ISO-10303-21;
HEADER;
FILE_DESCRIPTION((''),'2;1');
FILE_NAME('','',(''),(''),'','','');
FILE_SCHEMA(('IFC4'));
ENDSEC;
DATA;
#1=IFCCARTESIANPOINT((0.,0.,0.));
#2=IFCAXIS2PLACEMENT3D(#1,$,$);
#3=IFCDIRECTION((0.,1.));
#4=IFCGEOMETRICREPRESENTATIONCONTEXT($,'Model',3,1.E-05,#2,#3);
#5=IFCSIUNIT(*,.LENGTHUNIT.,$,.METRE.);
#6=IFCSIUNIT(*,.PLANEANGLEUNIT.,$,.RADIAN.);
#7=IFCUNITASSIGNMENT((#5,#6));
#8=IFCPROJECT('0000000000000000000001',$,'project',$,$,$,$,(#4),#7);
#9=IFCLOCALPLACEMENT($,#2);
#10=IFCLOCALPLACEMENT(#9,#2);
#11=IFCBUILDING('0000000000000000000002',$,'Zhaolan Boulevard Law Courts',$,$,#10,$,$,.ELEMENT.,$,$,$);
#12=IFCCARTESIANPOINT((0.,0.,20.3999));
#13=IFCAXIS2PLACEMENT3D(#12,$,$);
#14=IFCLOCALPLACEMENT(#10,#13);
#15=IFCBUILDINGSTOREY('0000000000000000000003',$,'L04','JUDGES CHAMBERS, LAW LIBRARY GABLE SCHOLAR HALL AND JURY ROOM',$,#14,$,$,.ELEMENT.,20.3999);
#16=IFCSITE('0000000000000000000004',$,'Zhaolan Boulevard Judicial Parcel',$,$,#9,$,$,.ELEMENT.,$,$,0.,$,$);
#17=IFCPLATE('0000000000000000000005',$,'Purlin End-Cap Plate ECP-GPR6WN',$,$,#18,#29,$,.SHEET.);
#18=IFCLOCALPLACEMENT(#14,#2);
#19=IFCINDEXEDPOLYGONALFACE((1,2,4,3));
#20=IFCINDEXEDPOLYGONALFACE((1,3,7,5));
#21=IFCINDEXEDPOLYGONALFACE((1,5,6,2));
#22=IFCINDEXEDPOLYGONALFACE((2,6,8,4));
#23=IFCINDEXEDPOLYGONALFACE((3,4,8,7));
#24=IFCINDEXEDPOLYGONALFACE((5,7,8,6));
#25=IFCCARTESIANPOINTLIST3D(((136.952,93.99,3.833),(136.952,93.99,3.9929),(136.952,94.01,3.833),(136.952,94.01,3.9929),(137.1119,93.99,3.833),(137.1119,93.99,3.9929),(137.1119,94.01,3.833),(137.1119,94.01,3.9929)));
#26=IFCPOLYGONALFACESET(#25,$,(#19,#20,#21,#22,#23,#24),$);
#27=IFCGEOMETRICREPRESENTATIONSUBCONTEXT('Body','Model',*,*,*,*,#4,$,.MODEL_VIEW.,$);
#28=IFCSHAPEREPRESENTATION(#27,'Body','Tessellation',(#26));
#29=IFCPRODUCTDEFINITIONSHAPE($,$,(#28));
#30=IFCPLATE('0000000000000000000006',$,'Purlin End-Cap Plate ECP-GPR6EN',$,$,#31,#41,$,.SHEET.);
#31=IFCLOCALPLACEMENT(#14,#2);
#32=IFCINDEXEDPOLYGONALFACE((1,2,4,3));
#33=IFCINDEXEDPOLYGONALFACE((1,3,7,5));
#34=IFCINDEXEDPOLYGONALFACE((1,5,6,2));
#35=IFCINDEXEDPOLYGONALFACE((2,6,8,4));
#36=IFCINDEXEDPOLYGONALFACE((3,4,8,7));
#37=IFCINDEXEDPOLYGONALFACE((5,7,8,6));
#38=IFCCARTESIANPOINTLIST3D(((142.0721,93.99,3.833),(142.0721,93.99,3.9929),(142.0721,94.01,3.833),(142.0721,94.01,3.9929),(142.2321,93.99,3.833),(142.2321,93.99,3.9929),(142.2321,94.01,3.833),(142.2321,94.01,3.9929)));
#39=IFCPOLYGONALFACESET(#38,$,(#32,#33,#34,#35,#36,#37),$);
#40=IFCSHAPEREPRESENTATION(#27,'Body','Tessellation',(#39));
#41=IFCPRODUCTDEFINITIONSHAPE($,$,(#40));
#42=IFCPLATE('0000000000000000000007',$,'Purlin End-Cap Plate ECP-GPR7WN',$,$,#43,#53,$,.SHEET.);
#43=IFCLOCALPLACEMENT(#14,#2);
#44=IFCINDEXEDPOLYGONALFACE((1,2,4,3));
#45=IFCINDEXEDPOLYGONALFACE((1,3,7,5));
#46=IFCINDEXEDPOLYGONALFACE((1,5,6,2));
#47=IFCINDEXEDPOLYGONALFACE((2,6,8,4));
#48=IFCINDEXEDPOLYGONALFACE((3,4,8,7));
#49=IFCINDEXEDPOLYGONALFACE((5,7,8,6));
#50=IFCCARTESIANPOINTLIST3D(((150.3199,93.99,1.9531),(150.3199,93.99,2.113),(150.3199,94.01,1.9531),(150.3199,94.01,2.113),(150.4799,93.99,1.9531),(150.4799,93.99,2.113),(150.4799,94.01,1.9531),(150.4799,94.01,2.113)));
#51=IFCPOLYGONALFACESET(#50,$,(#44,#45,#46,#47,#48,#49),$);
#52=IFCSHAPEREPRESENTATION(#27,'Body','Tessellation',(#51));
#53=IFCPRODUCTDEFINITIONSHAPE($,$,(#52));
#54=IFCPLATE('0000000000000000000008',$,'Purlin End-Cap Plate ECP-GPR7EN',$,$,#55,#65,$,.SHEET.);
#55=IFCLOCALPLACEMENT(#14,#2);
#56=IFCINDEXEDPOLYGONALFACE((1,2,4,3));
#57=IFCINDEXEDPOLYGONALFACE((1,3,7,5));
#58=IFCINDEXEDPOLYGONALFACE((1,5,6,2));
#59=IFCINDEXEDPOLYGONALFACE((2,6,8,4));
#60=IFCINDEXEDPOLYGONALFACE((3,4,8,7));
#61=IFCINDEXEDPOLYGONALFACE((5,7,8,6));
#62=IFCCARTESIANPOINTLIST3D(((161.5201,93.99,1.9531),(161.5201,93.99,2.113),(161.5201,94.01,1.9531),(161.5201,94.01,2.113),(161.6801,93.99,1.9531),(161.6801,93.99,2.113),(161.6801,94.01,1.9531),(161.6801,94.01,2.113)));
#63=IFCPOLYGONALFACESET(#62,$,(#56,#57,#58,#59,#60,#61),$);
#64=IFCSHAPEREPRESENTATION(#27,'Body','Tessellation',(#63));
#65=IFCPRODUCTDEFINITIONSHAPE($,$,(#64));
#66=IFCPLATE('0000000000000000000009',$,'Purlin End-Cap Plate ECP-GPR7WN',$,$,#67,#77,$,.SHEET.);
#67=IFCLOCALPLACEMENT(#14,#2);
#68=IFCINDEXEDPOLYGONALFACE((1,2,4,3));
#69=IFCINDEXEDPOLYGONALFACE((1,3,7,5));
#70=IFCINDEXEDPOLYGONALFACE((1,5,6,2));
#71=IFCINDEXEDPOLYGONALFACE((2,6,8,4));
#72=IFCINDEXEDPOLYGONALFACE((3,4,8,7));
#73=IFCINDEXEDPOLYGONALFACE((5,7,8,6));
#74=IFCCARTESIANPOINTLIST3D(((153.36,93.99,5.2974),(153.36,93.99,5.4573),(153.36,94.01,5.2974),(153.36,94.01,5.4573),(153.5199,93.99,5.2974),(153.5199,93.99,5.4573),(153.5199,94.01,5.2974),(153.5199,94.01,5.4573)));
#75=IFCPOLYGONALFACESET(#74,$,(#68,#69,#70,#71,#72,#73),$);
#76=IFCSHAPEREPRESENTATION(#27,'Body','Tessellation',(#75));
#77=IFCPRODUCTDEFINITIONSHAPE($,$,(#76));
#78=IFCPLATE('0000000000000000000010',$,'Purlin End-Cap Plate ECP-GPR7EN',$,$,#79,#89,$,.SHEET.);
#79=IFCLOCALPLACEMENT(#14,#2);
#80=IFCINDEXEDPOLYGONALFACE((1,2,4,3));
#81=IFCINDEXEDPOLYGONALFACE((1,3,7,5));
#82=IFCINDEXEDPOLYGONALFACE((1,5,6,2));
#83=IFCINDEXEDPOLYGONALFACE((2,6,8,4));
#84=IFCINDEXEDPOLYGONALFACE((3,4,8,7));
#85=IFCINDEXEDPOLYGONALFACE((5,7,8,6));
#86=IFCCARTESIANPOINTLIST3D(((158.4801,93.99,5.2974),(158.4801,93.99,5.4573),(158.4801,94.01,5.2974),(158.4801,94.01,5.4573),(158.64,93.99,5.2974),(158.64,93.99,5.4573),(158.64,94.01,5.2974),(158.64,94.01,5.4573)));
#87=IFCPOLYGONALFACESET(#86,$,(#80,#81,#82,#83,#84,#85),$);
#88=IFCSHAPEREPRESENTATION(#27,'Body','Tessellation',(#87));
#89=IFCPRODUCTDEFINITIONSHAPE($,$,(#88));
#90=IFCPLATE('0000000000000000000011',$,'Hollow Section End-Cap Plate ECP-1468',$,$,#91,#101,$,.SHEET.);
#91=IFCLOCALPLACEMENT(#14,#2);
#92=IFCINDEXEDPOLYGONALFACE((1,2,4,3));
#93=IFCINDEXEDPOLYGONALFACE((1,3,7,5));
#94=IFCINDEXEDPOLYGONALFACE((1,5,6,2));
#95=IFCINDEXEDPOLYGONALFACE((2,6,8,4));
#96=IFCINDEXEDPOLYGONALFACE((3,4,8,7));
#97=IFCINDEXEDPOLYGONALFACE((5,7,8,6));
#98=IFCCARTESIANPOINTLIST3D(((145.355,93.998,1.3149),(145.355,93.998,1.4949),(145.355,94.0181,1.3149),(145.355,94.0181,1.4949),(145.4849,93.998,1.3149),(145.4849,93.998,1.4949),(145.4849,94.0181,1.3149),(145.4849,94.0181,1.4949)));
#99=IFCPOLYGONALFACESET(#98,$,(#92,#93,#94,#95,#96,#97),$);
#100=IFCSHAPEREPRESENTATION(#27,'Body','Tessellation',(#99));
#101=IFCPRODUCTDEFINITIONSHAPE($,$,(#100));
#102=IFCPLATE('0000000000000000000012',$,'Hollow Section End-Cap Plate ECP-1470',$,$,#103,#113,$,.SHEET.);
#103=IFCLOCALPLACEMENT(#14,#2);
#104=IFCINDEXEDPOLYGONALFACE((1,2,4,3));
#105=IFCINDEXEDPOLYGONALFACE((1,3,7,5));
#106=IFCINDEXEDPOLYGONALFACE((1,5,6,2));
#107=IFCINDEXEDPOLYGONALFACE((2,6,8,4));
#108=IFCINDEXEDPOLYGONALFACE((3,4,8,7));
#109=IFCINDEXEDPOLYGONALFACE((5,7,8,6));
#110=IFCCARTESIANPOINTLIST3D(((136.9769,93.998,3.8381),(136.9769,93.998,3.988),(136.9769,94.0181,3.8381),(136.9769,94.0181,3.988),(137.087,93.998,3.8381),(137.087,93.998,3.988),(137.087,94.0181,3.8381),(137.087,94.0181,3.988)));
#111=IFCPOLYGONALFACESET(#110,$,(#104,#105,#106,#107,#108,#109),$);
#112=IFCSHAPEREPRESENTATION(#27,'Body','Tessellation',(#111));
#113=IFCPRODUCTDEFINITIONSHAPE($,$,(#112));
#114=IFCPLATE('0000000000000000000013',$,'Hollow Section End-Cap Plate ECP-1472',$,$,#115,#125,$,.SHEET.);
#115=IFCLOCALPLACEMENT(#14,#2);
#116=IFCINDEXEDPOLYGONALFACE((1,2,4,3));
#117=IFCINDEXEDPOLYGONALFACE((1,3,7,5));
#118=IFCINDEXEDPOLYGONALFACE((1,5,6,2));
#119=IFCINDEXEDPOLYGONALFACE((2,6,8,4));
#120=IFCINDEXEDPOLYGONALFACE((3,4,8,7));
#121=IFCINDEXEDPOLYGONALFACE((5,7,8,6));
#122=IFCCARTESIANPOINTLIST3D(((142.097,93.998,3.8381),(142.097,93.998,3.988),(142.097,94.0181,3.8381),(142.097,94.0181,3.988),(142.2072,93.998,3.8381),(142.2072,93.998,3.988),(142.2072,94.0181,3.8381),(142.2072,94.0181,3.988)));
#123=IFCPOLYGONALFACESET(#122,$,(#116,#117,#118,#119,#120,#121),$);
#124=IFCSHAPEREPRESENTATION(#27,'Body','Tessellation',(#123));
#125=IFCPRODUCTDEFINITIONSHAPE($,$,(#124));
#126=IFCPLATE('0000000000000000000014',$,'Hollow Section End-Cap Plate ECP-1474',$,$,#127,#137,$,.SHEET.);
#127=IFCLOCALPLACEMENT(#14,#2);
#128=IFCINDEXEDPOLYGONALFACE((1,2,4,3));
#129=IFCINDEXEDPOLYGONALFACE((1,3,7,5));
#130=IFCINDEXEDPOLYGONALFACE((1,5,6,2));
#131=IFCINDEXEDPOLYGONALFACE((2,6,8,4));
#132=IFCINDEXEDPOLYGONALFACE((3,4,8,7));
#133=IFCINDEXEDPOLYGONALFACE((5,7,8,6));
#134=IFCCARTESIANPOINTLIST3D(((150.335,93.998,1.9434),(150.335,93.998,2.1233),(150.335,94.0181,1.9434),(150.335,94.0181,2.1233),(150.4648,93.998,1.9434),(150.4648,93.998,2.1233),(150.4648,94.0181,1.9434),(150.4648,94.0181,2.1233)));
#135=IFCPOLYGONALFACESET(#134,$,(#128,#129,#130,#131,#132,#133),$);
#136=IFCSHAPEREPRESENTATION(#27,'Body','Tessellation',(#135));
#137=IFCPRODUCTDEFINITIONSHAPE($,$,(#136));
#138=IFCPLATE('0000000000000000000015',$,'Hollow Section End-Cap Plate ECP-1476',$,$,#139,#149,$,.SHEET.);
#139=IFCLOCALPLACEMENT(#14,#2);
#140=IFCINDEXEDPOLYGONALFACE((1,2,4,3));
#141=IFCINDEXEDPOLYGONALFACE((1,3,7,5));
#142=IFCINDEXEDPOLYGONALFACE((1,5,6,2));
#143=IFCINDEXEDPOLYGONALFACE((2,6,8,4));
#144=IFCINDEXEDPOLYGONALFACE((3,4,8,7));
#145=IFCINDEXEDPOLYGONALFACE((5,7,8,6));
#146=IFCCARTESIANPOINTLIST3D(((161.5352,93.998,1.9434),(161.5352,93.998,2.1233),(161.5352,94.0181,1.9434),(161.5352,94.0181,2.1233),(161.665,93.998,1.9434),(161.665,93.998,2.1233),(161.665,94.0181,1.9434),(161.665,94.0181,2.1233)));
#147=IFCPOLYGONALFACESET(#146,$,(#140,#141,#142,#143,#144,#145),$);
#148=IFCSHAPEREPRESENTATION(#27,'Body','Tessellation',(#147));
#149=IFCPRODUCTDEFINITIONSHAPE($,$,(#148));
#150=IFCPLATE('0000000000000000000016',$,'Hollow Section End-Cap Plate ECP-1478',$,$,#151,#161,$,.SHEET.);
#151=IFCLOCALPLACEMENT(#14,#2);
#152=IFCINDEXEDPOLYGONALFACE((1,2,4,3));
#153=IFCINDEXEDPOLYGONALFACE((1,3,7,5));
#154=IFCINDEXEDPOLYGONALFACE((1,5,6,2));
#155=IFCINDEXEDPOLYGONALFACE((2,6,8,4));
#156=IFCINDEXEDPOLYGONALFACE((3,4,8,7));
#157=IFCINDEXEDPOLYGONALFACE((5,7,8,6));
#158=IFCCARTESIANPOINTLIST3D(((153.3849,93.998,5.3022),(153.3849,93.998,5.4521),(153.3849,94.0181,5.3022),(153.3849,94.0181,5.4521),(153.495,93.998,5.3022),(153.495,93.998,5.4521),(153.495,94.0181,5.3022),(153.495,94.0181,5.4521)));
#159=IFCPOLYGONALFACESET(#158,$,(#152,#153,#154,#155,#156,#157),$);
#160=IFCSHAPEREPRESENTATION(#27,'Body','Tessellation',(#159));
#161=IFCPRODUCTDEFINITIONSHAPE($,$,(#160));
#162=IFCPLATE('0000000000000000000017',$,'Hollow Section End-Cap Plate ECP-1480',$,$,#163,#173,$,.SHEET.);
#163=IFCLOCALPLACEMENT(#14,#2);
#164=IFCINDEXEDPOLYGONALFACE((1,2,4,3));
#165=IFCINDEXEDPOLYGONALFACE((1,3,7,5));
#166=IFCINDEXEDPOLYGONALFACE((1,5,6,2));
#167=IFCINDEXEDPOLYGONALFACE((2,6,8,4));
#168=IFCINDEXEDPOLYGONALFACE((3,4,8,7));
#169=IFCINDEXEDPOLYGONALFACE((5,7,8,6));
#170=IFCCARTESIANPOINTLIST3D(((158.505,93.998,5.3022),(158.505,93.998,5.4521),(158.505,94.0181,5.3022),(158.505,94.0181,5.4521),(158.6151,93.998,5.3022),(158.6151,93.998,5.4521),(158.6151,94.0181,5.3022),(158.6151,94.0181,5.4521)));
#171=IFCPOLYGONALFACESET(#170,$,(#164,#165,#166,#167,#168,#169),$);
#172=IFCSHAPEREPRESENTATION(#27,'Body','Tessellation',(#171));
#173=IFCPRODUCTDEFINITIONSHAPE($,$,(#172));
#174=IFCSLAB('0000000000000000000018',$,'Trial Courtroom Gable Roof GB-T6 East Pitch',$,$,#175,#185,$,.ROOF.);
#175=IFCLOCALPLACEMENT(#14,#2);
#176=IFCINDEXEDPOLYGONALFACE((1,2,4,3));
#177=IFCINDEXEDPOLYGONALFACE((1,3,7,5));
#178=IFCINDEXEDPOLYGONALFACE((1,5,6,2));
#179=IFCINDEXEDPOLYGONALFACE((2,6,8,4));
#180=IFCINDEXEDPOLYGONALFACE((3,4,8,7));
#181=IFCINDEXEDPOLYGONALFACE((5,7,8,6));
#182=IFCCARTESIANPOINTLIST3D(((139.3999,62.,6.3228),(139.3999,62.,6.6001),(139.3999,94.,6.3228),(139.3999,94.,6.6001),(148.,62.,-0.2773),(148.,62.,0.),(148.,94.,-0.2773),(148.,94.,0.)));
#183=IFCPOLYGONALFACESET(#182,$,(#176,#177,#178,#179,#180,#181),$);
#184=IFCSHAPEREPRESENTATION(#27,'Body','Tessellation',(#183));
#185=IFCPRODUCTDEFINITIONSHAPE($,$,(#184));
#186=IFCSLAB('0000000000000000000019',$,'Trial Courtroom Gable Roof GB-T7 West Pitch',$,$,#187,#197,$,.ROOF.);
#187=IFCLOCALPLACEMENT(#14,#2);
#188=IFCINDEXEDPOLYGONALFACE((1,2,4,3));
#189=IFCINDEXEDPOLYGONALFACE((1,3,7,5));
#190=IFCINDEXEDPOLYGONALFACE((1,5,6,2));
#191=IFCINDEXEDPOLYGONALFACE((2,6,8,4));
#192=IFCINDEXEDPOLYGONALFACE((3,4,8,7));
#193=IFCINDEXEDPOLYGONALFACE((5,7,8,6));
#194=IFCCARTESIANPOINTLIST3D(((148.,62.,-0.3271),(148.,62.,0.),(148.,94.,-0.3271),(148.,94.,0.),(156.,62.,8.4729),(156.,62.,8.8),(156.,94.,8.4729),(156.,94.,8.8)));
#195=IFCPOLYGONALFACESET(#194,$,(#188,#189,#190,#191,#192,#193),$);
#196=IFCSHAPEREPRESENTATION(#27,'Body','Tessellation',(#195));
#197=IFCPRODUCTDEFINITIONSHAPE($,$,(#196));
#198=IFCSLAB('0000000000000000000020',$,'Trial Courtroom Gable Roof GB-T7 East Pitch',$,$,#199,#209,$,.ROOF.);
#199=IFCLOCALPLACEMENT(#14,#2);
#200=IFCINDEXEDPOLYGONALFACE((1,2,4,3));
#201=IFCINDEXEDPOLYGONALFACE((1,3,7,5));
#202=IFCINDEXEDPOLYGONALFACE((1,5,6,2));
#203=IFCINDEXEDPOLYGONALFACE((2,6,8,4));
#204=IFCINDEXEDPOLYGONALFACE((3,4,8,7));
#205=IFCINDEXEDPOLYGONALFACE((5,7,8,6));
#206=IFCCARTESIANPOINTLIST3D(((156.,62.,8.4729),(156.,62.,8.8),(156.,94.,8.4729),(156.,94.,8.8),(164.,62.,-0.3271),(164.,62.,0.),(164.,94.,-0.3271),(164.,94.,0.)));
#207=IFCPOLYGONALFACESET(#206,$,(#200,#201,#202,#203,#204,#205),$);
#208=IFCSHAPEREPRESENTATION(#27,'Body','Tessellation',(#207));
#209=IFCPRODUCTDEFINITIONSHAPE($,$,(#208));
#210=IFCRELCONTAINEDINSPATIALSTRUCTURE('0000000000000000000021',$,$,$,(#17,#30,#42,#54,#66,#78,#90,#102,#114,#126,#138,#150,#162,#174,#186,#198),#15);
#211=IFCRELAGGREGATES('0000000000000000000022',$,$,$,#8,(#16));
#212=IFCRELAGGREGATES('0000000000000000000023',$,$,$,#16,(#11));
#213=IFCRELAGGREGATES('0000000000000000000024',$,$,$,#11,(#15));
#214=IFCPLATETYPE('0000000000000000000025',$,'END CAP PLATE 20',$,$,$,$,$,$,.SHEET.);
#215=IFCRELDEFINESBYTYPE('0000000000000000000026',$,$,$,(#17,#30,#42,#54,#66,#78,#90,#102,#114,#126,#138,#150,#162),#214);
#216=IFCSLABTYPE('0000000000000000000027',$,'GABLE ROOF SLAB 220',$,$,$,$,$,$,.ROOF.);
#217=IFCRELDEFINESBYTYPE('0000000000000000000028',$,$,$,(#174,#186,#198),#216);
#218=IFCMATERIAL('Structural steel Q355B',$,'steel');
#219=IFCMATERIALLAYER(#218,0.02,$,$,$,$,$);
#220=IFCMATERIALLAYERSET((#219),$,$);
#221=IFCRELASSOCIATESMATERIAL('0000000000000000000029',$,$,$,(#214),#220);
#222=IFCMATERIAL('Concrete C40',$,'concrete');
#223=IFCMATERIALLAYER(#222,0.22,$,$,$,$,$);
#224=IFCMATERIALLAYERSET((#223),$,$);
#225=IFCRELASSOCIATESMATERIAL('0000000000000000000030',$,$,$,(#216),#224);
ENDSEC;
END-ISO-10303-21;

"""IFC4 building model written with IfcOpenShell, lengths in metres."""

from ifc_helpers import new_model, si_unit, direction, frame, origin, origin_2d, place, context, subcontext, project, spatial, polyline, rectangle, outline, extrude, material, layer, layer_set, type_object, element, save


model = new_model("IFC4")

# Units and contexts
model_context = context("Model", 3, precision=1e-05, world=origin(), true_north=direction((0.0, 1.0)))
body_context = subcontext(model_context, "Body", "Model", "MODEL_VIEW")
ifc_project = project(units=[si_unit("LENGTHUNIT", "METRE"), si_unit("PLANEANGLEUNIT", "RADIAN")], contexts=[model_context])

# Site, building, storey
site_placement = place(None, origin())
site = spatial("IfcSite", under=ifc_project, at=site_placement, Name="Zhaolan Boulevard Judicial Parcel", CompositionType="ELEMENT", RefElevation=0.0)
building_placement = place(site_placement, origin())
building = spatial("IfcBuilding", under=site, at=building_placement, Name="Zhaolan Boulevard Law Courts", CompositionType="ELEMENT")
storey_placement = place(building_placement, frame((0.0, 0.0, 20.3999)))
storey = spatial("IfcBuildingStorey", under=building, at=storey_placement, Name="L04", Description="JUDGES CHAMBERS, LAW LIBRARY GABLE SCHOLAR HALL AND JURY ROOM", CompositionType="ELEMENT", Elevation=20.3999)

# Plates
ifc_material_1 = material(Name="Structural steel Q355B", Category="steel")
ifc_layer_1 = layer(ifc_material_1, 0.02)
ifc_layer_set_1 = layer_set([ifc_layer_1])
plate_type = type_object("IfcPlateType", Name="END CAP PLATE 20", PredefinedType="SHEET", material=ifc_layer_set_1)
for number, where, z_axis, x_axis, name in (
    (1, (137.032, 94.0, 3.833), (0.0, 0.0, 1.0), (1.0, 0.0, 0.0), "Purlin End-Cap Plate ECP-GPR6WN"),
    (2, (142.1521, 94.0, 3.833), (0.0, 0.0, 1.0), (1.0, 0.0, 0.0), "Purlin End-Cap Plate ECP-GPR6EN"),
    (3, (150.3999, 94.0, 1.9531), (0.0, 0.0, 1.0), (1.0, 0.0, 0.0), "Purlin End-Cap Plate ECP-GPR7WN"),
    (4, (161.6001, 94.0, 1.9531), (0.0, 0.0, 1.0), (1.0, 0.0, 0.0), "Purlin End-Cap Plate ECP-GPR7EN"),
    (5, (153.4399, 94.0, 5.2974), (0.0, 0.0, 1.0), (1.0, 0.0, 0.0), "Purlin End-Cap Plate ECP-GPR7WN"),
    (6, (158.5601, 94.0, 5.2974), (0.0, 0.0, 1.0), (1.0, 0.0, 0.0), "Purlin End-Cap Plate ECP-GPR7EN"),
):
    element("IfcPlate", number, at=place(storey_placement, frame(where, z_axis=z_axis, x_axis=x_axis)), inside=storey, type_object=plate_type, Name=name, PredefinedType="SHEET", context=body_context, shape_type="SweptSolid", body=[
        extrude(rectangle(XDim=0.1599, YDim=0.02, at=origin_2d()), origin(), (0.0, 0.0, 1.0), 0.1599),
    ])
plate_placement = place(storey_placement, frame((145.4199, 94.0081, 1.3149), z_axis=(0.0, 0.0, 1.0), x_axis=(0.0, 1.0, 0.0)))
element("IfcPlate", 7, at=plate_placement, inside=storey, type_object=plate_type, Name="Hollow Section End-Cap Plate ECP-1468", PredefinedType="SHEET", context=body_context, shape_type="SweptSolid", body=[
    extrude(rectangle(XDim=0.02, YDim=0.1299, at=origin_2d()), origin(), (0.0, 0.0, 1.0), 0.1799),
])
for number, where, z_axis, x_axis, name in (
    (8, (137.032, 94.0081, 3.8381), (0.0, 0.0, 1.0), (0.0, 1.0, 0.0), "Hollow Section End-Cap Plate ECP-1470"),
    (9, (142.1521, 94.0081, 3.8381), (0.0, 0.0, 1.0), (0.0, 1.0, 0.0), "Hollow Section End-Cap Plate ECP-1472"),
):
    element("IfcPlate", number, at=place(storey_placement, frame(where, z_axis=z_axis, x_axis=x_axis)), inside=storey, type_object=plate_type, Name=name, PredefinedType="SHEET", context=body_context, shape_type="SweptSolid", body=[
        extrude(rectangle(XDim=0.02, YDim=0.1101, at=origin_2d()), origin(), (0.0, 0.0, 1.0), 0.1499),
    ])
for number, where, z_axis, x_axis, name in (
    (10, (150.3999, 94.0081, 1.9434), (0.0, 0.0, 1.0), (0.0, 1.0, 0.0), "Hollow Section End-Cap Plate ECP-1474"),
    (11, (161.6001, 94.0081, 1.9434), (0.0, 0.0, 1.0), (0.0, 1.0, 0.0), "Hollow Section End-Cap Plate ECP-1476"),
):
    element("IfcPlate", number, at=place(storey_placement, frame(where, z_axis=z_axis, x_axis=x_axis)), inside=storey, type_object=plate_type, Name=name, PredefinedType="SHEET", context=body_context, shape_type="SweptSolid", body=[
        extrude(rectangle(XDim=0.02, YDim=0.1299, at=origin_2d()), origin(), (0.0, 0.0, 1.0), 0.1799),
    ])
for number, where, z_axis, x_axis, name in (
    (12, (153.4399, 94.0081, 5.3022), (0.0, 0.0, 1.0), (0.0, 1.0, 0.0), "Hollow Section End-Cap Plate ECP-1478"),
    (13, (158.5601, 94.0081, 5.3022), (0.0, 0.0, 1.0), (0.0, 1.0, 0.0), "Hollow Section End-Cap Plate ECP-1480"),
):
    element("IfcPlate", number, at=place(storey_placement, frame(where, z_axis=z_axis, x_axis=x_axis)), inside=storey, type_object=plate_type, Name=name, PredefinedType="SHEET", context=body_context, shape_type="SweptSolid", body=[
        extrude(rectangle(XDim=0.02, YDim=0.1101, at=origin_2d()), origin(), (0.0, 0.0, 1.0), 0.1499),
    ])

# Slabs
ifc_material_2 = material(Name="Concrete C40", Category="concrete")
ifc_layer_2 = layer(ifc_material_2, 0.22)
ifc_layer_set_2 = layer_set([ifc_layer_2])
slab_type = type_object("IfcSlabType", Name="GABLE ROOF SLAB 220", PredefinedType="ROOF", material=ifc_layer_set_2)
slab_1_placement = place(storey_placement, frame((139.3999, 94.0, 0.0), z_axis=(0.0, -1.0, 0.0), x_axis=(1.0, 0.0, 0.0)))
element("IfcSlab", 14, at=slab_1_placement, inside=storey, type_object=slab_type, Name="Trial Courtroom Gable Roof GB-T6 East Pitch", PredefinedType="ROOF", context=body_context, shape_type="SweptSolid", body=[
    extrude(outline(polyline([(0.0, 6.6001), (8.6001, 0.0), (8.6001, -0.2773), (0.0, 6.3228), (0.0, 6.6001)])), origin(), (0.0, 0.0, 1.0), 32.0),
])
slab_2_placement = place(storey_placement, frame((148.0, 94.0, 0.0), z_axis=(0.0, -1.0, 0.0), x_axis=(1.0, 0.0, 0.0)))
element("IfcSlab", 15, at=slab_2_placement, inside=storey, type_object=slab_type, Name="Trial Courtroom Gable Roof GB-T7 West Pitch", PredefinedType="ROOF", context=body_context, shape_type="SweptSolid", body=[
    extrude(outline(polyline([(0.0, 0.0), (8.0, 8.8), (8.0, 8.4729), (0.0, -0.3271), (0.0, 0.0)])), origin(), (0.0, 0.0, 1.0), 32.0),
])
slab_3_placement = place(storey_placement, frame((156.0, 94.0, 0.0), z_axis=(0.0, -1.0, 0.0), x_axis=(1.0, 0.0, 0.0)))
element("IfcSlab", 16, at=slab_3_placement, inside=storey, type_object=slab_type, Name="Trial Courtroom Gable Roof GB-T7 East Pitch", PredefinedType="ROOF", context=body_context, shape_type="SweptSolid", body=[
    extrude(outline(polyline([(0.0, 8.8), (8.0, 0.0), (8.0, -0.3271), (0.0, 8.4729), (0.0, 8.8)])), origin(), (0.0, 0.0, 1.0), 32.0),
])

save(model, "model.ifc")
